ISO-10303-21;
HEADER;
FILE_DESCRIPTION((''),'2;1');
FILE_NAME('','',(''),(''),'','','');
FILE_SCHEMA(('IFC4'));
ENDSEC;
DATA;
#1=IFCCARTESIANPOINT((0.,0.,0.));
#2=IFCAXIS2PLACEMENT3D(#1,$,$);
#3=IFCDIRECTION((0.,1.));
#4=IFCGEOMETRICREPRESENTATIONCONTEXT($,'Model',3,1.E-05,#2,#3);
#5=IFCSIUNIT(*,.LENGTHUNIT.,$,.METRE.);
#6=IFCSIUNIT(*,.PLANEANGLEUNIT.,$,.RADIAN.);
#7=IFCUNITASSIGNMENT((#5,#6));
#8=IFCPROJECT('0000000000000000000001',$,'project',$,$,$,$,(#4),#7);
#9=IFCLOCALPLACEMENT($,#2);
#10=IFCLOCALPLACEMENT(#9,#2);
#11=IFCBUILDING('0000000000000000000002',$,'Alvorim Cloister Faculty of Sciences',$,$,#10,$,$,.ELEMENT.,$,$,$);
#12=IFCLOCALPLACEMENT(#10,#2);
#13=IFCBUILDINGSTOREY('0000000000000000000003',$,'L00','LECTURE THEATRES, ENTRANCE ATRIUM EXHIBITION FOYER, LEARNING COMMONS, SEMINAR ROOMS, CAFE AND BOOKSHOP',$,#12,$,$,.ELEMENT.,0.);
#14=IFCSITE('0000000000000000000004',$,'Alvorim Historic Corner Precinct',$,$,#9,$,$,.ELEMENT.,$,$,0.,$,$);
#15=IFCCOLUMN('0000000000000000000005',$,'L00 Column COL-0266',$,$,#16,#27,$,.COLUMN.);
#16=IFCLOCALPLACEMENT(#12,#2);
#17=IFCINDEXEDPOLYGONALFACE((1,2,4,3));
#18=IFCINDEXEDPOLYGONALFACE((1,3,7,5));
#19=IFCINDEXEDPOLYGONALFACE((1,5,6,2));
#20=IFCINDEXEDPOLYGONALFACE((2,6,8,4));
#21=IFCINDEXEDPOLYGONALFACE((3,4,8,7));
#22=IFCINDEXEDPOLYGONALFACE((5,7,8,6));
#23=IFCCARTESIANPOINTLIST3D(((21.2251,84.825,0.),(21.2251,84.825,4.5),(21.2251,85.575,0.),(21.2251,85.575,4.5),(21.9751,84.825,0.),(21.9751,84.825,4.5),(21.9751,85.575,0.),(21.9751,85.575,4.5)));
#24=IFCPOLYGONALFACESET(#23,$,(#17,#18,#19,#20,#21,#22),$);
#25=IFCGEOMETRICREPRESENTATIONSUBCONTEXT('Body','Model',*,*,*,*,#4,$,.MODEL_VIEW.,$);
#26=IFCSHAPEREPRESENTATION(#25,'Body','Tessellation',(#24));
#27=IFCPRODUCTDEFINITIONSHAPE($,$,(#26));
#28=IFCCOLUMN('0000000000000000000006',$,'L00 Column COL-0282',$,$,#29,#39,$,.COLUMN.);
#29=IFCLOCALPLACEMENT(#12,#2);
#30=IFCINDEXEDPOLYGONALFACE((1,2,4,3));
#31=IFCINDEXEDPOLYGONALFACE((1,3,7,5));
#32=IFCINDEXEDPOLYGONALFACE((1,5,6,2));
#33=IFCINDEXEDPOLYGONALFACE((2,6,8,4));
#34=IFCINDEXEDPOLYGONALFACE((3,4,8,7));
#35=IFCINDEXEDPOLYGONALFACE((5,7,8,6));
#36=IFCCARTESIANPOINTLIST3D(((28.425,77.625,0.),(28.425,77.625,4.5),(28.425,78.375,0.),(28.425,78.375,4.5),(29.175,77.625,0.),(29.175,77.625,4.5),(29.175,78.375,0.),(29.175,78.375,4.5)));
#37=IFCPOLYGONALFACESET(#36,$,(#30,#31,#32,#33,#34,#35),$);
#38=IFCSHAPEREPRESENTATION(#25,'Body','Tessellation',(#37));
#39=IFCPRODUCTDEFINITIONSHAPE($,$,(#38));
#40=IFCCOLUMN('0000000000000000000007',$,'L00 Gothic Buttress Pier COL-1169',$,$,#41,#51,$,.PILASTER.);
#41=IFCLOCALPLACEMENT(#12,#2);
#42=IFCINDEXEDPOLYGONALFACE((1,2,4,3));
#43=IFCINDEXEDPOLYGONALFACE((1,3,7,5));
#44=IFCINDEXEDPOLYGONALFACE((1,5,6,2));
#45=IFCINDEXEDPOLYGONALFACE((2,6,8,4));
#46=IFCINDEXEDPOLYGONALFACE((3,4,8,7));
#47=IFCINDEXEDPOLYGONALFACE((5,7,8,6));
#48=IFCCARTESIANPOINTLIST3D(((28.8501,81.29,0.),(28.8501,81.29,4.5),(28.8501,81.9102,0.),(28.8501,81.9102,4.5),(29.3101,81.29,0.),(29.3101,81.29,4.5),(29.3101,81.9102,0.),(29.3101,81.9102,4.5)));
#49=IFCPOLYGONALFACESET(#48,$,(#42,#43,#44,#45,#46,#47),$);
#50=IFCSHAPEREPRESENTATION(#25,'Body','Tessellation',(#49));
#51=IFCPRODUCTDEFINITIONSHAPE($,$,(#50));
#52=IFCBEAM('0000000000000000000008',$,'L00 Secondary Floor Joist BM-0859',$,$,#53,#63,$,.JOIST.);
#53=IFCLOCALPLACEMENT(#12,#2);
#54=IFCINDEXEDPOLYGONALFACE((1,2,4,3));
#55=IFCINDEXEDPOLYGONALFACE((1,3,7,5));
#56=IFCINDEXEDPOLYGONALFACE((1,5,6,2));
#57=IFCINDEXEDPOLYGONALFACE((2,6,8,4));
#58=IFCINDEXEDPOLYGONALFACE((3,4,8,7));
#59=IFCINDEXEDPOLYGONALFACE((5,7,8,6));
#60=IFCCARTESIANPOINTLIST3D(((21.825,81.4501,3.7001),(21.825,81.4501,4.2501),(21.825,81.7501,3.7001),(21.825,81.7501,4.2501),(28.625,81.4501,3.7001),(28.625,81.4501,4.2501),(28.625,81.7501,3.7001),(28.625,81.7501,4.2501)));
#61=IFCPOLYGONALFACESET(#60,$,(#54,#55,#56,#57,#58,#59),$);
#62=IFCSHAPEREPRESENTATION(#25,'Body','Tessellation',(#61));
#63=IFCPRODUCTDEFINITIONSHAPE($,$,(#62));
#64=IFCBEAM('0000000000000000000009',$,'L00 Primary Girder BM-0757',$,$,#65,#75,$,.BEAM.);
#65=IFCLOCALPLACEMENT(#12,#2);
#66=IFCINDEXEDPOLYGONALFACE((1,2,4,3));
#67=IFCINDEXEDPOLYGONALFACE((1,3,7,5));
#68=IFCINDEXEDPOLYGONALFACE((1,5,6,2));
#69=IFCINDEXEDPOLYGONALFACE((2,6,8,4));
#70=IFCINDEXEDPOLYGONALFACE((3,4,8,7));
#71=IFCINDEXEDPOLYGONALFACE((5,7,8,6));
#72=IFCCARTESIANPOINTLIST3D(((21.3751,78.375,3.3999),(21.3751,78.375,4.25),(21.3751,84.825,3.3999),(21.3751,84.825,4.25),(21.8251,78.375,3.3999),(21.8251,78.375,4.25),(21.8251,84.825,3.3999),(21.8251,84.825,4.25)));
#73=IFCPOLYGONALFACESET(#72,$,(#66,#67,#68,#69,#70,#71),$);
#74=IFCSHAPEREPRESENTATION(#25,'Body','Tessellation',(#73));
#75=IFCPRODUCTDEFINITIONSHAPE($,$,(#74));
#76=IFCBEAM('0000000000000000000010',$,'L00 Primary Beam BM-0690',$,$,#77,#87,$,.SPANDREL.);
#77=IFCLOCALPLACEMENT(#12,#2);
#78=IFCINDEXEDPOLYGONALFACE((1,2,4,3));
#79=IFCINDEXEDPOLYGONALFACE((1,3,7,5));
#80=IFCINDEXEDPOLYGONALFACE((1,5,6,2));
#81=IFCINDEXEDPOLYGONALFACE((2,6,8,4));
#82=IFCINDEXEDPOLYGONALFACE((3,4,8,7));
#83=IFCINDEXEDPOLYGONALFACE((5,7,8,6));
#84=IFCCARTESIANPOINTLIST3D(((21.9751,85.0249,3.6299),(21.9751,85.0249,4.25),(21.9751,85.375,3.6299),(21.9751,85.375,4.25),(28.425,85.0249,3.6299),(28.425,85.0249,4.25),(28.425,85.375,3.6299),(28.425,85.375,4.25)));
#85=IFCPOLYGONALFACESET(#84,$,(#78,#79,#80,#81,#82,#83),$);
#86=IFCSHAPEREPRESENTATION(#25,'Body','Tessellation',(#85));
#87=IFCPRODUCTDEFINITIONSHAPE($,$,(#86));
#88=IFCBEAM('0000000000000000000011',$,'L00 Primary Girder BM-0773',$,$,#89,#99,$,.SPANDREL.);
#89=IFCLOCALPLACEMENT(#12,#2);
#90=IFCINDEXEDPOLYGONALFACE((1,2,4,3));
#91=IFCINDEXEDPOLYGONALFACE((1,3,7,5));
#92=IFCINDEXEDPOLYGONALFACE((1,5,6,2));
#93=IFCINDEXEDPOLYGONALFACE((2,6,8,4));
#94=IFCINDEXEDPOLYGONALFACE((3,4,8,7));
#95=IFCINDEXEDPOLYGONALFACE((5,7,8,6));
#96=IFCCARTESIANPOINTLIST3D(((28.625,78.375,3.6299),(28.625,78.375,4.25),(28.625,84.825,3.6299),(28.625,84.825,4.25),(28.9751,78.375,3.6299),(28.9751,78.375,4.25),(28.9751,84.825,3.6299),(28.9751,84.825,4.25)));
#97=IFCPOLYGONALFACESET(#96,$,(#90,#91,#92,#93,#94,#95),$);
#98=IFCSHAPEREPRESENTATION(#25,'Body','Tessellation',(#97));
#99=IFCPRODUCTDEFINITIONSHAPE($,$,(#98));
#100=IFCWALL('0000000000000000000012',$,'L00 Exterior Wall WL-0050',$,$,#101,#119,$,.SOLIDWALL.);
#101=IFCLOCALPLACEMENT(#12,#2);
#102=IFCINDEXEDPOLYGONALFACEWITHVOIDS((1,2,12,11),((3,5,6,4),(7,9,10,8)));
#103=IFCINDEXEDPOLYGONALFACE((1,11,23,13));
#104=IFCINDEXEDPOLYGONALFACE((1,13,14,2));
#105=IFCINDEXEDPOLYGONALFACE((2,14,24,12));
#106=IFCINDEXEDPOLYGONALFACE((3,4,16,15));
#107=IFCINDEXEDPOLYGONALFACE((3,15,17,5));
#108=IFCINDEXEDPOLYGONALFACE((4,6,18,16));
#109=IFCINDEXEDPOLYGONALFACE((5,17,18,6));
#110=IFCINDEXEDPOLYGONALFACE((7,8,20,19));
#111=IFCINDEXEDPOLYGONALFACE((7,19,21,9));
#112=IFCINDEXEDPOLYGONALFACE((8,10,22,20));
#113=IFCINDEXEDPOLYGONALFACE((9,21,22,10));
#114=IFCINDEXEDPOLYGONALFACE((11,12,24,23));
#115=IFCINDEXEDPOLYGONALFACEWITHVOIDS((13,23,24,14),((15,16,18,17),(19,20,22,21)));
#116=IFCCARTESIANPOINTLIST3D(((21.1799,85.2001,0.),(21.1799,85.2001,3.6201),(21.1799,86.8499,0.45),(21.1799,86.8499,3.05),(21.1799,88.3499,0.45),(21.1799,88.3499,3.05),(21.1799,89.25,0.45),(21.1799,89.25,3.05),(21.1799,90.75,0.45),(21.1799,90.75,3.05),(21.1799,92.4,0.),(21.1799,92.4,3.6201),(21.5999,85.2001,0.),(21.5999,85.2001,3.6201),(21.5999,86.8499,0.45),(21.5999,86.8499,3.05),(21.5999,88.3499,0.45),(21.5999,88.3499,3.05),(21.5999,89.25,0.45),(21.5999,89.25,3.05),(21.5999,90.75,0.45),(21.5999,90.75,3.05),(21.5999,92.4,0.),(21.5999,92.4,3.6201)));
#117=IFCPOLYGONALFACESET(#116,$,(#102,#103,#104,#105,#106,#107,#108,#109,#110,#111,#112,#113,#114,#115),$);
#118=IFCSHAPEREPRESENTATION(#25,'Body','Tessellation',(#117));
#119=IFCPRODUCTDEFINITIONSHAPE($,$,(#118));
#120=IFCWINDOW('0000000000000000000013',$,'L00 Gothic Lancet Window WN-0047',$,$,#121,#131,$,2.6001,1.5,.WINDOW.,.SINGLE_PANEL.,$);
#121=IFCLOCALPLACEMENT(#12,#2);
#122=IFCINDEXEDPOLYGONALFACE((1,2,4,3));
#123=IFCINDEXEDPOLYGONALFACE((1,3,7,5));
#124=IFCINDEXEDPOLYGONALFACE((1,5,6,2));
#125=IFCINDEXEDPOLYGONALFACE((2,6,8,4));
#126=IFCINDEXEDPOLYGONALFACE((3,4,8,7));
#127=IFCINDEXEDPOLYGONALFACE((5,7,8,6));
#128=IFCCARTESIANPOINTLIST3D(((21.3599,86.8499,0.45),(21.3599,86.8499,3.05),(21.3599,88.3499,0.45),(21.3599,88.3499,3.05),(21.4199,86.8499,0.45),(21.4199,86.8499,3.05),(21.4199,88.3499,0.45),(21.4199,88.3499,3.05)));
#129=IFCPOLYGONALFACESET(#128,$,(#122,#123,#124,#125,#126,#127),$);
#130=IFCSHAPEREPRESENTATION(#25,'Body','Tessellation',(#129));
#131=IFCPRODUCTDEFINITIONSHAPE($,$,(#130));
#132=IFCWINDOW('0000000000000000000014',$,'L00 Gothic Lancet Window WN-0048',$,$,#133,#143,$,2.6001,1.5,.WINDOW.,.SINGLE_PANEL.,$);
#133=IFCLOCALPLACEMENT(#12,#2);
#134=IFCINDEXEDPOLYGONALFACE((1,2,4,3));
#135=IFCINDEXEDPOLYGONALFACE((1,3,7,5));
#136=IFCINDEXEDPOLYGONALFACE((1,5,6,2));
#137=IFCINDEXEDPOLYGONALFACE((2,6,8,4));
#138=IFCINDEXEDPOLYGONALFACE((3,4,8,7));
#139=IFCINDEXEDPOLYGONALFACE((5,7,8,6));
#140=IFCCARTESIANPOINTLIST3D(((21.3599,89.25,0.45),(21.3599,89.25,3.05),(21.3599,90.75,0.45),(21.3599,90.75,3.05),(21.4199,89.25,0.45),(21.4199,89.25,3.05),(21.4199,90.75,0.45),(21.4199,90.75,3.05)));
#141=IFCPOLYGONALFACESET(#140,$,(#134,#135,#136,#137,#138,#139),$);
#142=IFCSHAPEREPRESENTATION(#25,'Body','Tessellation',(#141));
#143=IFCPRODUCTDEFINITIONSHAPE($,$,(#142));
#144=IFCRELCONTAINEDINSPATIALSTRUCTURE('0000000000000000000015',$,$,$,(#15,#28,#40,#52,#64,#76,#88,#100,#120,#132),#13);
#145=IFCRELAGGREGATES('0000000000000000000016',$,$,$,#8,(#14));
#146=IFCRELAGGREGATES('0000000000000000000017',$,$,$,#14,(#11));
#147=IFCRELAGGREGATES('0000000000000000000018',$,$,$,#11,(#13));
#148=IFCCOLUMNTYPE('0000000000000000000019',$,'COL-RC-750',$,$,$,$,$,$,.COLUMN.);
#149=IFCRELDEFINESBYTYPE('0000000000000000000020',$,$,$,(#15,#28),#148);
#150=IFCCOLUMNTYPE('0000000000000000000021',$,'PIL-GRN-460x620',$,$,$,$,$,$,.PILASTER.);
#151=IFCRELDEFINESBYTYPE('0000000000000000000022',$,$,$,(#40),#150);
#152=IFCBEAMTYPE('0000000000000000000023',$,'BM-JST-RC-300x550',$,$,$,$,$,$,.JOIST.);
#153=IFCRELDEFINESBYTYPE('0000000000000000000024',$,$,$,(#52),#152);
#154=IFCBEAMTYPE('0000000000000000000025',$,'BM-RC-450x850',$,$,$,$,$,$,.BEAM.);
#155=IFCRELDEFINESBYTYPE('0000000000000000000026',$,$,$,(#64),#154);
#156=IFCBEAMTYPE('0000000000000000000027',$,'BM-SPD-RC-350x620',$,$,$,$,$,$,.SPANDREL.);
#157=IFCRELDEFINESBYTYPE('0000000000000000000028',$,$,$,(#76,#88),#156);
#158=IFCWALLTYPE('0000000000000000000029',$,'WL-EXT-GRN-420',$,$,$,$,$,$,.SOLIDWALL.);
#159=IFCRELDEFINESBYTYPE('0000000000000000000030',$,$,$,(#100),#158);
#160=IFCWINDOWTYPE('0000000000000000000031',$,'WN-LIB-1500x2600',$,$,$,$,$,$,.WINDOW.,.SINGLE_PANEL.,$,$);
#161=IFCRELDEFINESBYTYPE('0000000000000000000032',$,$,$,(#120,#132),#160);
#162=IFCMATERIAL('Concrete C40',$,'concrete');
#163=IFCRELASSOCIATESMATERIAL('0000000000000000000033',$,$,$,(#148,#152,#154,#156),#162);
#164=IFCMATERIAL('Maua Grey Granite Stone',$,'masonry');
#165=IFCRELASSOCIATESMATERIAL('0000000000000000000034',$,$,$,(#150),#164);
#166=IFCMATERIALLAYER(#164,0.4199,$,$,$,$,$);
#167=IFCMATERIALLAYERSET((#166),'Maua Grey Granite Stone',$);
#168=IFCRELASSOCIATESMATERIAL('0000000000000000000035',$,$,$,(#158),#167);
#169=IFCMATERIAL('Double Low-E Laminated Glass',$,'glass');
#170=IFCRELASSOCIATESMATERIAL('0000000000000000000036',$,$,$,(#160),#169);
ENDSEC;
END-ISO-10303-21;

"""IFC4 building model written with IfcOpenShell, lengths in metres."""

from ifc_helpers import new_model, si_unit, direction, frame, frame_2d, origin, origin_2d, place, context, subcontext, project, spatial, rectangle, extrude, material, layer, layer_set, material_profile, profile_set, type_object, element, fill, save


model = new_model("IFC4")

# Units and contexts
model_context = context("Model", 3, precision=1e-05, world=origin(), true_north=direction((0.0, 1.0)))
body_context = subcontext(model_context, "Body", "Model", "MODEL_VIEW")
ifc_project = project(units=[si_unit("LENGTHUNIT", "METRE"), si_unit("PLANEANGLEUNIT", "RADIAN")], contexts=[model_context])

# Site, building, storey
site_placement = place(None, origin())
site = spatial("IfcSite", under=ifc_project, at=site_placement, Name="Alvorim Historic Corner Precinct", CompositionType="ELEMENT", RefElevation=0.0)
building_placement = place(site_placement, origin())
building = spatial("IfcBuilding", under=site, at=building_placement, Name="Alvorim Cloister Faculty of Sciences", CompositionType="ELEMENT")
storey_placement = place(building_placement, origin())
storey = spatial("IfcBuildingStorey", under=building, at=storey_placement, Name="L00", Description="LECTURE THEATRES, ENTRANCE ATRIUM EXHIBITION FOYER, LEARNING COMMONS, SEMINAR ROOMS, CAFE AND BOOKSHOP", CompositionType="ELEMENT", Elevation=0.0)

# Columns
ifc_material_1 = material(Name="Concrete C40", Category="concrete")
ifc_material_profile_1 = material_profile(ifc_material_1, rectangle(XDim=0.75, YDim=0.75, at=origin_2d()), Name="RC40-COL-750x750")
ifc_profile_set_1 = profile_set([ifc_material_profile_1], Name="Concrete C40")
column_type_1 = type_object("IfcColumnType", Name="COL-RC-750", PredefinedType="COLUMN", material=ifc_profile_set_1)
for number, where, z_axis, x_axis, name in (
    (1, (21.6001, 85.2, 0.0), (0.0, 0.0, 1.0), (1.0, 0.0, 0.0), "L00 Column COL-0266"),
    (2, (28.8, 78.0, 0.0), (0.0, 0.0, 1.0), (1.0, 0.0, 0.0), "L00 Column COL-0282"),
):
    element("IfcColumn", number, at=place(storey_placement, frame(where, z_axis=z_axis, x_axis=x_axis)), inside=storey, type_object=column_type_1, Name=name, PredefinedType="COLUMN", context=body_context, shape_type="SweptSolid", body=[
        extrude(rectangle(XDim=0.75, YDim=0.75, at=origin_2d()), origin(), (0.0, 0.0, 1.0), 4.5),
    ])
ifc_material_2 = material(Name="Maua Grey Granite Stone", Category="masonry")
ifc_material_profile_2 = material_profile(ifc_material_2, rectangle(XDim=0.46, YDim=0.6201, at=origin_2d()), Name="GRN-PIER-460x620")
ifc_profile_set_2 = profile_set([ifc_material_profile_2], Name="Maua Grey Granite Stone")
column_type_2 = type_object("IfcColumnType", Name="PIL-GRN-460x620", PredefinedType="PILASTER", material=ifc_profile_set_2)
column_placement = place(storey_placement, frame((29.0801, 81.6001, 0.0), z_axis=(0.0, 0.0, 1.0), x_axis=(1.0, 0.0, 0.0)))
element("IfcColumn", 3, at=column_placement, inside=storey, type_object=column_type_2, Name="L00 Gothic Buttress Pier COL-1169", PredefinedType="PILASTER", context=body_context, shape_type="SweptSolid", body=[
    extrude(rectangle(XDim=0.46, YDim=0.6201, at=origin_2d()), origin(), (0.0, 0.0, 1.0), 4.5),
])

# Beams
ifc_material_profile_3 = material_profile(ifc_material_1, rectangle(XDim=0.3, YDim=0.55, at=origin_2d()), Name="RC40-JST-300x550")
ifc_profile_set_3 = profile_set([ifc_material_profile_3], Name="Concrete C40")
beam_type_1 = type_object("IfcBeamType", Name="BM-JST-RC-300x550", PredefinedType="JOIST", material=ifc_profile_set_3)
beam_1_placement = place(storey_placement, frame((21.825, 81.6001, 3.9751), z_axis=(1.0, 0.0, 0.0), x_axis=(0.0, 1.0, 0.0)))
element("IfcBeam", 4, at=beam_1_placement, inside=storey, type_object=beam_type_1, Name="L00 Secondary Floor Joist BM-0859", PredefinedType="JOIST", context=body_context, shape_type="SweptSolid", body=[
    extrude(rectangle(XDim=0.3, YDim=0.55, at=origin_2d()), origin(), (0.0, 0.0, 1.0), 6.8),
])
ifc_material_profile_4 = material_profile(ifc_material_1, rectangle(XDim=0.45, YDim=0.8501, at=origin_2d()), Name="RC40-BM-450x850")
ifc_profile_set_4 = profile_set([ifc_material_profile_4], Name="Concrete C40")
beam_type_2 = type_object("IfcBeamType", Name="BM-RC-450x850", PredefinedType="BEAM", material=ifc_profile_set_4)
beam_2_placement = place(storey_placement, frame((21.6001, 78.375, 3.825), z_axis=(0.0, 1.0, 0.0), x_axis=(-1.0, 0.0, 0.0)))
element("IfcBeam", 5, at=beam_2_placement, inside=storey, type_object=beam_type_2, Name="L00 Primary Girder BM-0757", PredefinedType="BEAM", context=body_context, shape_type="SweptSolid", body=[
    extrude(rectangle(XDim=0.45, YDim=0.8501, at=origin_2d()), origin(), (0.0, 0.0, 1.0), 6.45),
])
ifc_material_profile_5 = material_profile(ifc_material_1, rectangle(XDim=0.3501, YDim=0.6201, at=origin_2d()), Name="RC40-SPD-350x620")
ifc_profile_set_5 = profile_set([ifc_material_profile_5], Name="Concrete C40")
beam_type_3 = type_object("IfcBeamType", Name="BM-SPD-RC-350x620", PredefinedType="SPANDREL", material=ifc_profile_set_5)
for number, where, z_axis, x_axis, name in (
    (6, (21.9751, 85.2, 3.9399), (1.0, 0.0, 0.0), (0.0, 1.0, 0.0), "L00 Primary Beam BM-0690"),
    (7, (28.8, 78.375, 3.9399), (0.0, 1.0, 0.0), (-1.0, 0.0, 0.0), "L00 Primary Girder BM-0773"),
):
    element("IfcBeam", number, at=place(storey_placement, frame(where, z_axis=z_axis, x_axis=x_axis)), inside=storey, type_object=beam_type_3, Name=name, PredefinedType="SPANDREL", context=body_context, shape_type="SweptSolid", body=[
        extrude(rectangle(XDim=0.3501, YDim=0.6201, at=origin_2d()), origin(), (0.0, 0.0, 1.0), 6.45),
    ])

# Wall, openings, windows
ifc_layer_1 = layer(ifc_material_2, 0.4199)
ifc_layer_set_1 = layer_set([ifc_layer_1], Name="Maua Grey Granite Stone")
wall_type_1 = type_object("IfcWallType", Name="WL-EXT-GRN-420", PredefinedType="SOLIDWALL", material=ifc_layer_set_1)
wall_1_placement = place(storey_placement, frame((21.3899, 85.2, 0.0), z_axis=(0.0, 0.0, 1.0), x_axis=(0.0, 1.0, 0.0)))
wall_1 = element("IfcWall", 8, at=wall_1_placement, inside=storey, type_object=wall_type_1, Name="L00 Exterior Wall WL-0050", PredefinedType="SOLIDWALL", context=body_context, shape_type="SweptSolid", body=[
    extrude(rectangle(XDim=7.2, YDim=0.4199, at=frame_2d((3.6001, 0.0))), origin(), (0.0, 0.0, 1.0), 3.6201),
])
opening_1_placement = place(wall_1_placement, frame((1.6499, 0.0, 0.45)))
opening_1 = element("IfcOpeningElement", 9, at=opening_1_placement, cuts=wall_1, PredefinedType="OPENING", context=body_context, shape_type="SweptSolid", body=[
    extrude(rectangle(XDim=1.5, YDim=2.6001, at=frame_2d((0.75, 1.3))), frame((0.0, 0.2219, 0.0), z_axis=(0.0, -1.0, 0.0), x_axis=(1.0, 0.0, 0.0)), (0.0, 0.0, 1.0), 0.4438),
])
opening_2_placement = place(wall_1_placement, frame((4.05, 0.0, 0.45)))
opening_2 = element("IfcOpeningElement", 10, at=opening_2_placement, cuts=wall_1, PredefinedType="OPENING", context=body_context, shape_type="SweptSolid", body=[
    extrude(rectangle(XDim=1.5, YDim=2.6001, at=frame_2d((0.75, 1.3))), frame((0.0, 0.2219, 0.0), z_axis=(0.0, -1.0, 0.0), x_axis=(1.0, 0.0, 0.0)), (0.0, 0.0, 1.0), 0.4438),
])
ifc_material_3 = material(Name="Double Low-E Laminated Glass", Category="glass")
window_type_1 = type_object("IfcWindowType", Name="WN-LIB-1500x2600", PartitioningType="SINGLE_PANEL", PredefinedType="WINDOW", material=ifc_material_3)
window_1_placement = place(opening_1_placement, origin())
window_1 = element("IfcWindow", 11, at=window_1_placement, inside=storey, type_object=window_type_1, Name="L00 Gothic Lancet Window WN-0047", OverallHeight=2.6001, OverallWidth=1.5, PartitioningType="SINGLE_PANEL", PredefinedType="WINDOW", context=body_context, shape_type="SweptSolid", body=[
    extrude(rectangle(XDim=1.5, YDim=2.6001, at=frame_2d((0.75, 1.3))), frame((0.0, 0.03, 0.0), z_axis=(0.0, -1.0, 0.0), x_axis=(1.0, 0.0, 0.0)), (0.0, 0.0, 1.0), 0.0601),
])
fill(opening_1, window_1)
window_2_placement = place(opening_2_placement, origin())
window_2 = element("IfcWindow", 12, at=window_2_placement, inside=storey, type_object=window_type_1, Name="L00 Gothic Lancet Window WN-0048", OverallHeight=2.6001, OverallWidth=1.5, PartitioningType="SINGLE_PANEL", PredefinedType="WINDOW", context=body_context, shape_type="SweptSolid", body=[
    extrude(rectangle(XDim=1.5, YDim=2.6001, at=frame_2d((0.75, 1.3))), frame((0.0, 0.03, 0.0), z_axis=(0.0, -1.0, 0.0), x_axis=(1.0, 0.0, 0.0)), (0.0, 0.0, 1.0), 0.0601),
])
fill(opening_2, window_2)

save(model, "model.ifc")
